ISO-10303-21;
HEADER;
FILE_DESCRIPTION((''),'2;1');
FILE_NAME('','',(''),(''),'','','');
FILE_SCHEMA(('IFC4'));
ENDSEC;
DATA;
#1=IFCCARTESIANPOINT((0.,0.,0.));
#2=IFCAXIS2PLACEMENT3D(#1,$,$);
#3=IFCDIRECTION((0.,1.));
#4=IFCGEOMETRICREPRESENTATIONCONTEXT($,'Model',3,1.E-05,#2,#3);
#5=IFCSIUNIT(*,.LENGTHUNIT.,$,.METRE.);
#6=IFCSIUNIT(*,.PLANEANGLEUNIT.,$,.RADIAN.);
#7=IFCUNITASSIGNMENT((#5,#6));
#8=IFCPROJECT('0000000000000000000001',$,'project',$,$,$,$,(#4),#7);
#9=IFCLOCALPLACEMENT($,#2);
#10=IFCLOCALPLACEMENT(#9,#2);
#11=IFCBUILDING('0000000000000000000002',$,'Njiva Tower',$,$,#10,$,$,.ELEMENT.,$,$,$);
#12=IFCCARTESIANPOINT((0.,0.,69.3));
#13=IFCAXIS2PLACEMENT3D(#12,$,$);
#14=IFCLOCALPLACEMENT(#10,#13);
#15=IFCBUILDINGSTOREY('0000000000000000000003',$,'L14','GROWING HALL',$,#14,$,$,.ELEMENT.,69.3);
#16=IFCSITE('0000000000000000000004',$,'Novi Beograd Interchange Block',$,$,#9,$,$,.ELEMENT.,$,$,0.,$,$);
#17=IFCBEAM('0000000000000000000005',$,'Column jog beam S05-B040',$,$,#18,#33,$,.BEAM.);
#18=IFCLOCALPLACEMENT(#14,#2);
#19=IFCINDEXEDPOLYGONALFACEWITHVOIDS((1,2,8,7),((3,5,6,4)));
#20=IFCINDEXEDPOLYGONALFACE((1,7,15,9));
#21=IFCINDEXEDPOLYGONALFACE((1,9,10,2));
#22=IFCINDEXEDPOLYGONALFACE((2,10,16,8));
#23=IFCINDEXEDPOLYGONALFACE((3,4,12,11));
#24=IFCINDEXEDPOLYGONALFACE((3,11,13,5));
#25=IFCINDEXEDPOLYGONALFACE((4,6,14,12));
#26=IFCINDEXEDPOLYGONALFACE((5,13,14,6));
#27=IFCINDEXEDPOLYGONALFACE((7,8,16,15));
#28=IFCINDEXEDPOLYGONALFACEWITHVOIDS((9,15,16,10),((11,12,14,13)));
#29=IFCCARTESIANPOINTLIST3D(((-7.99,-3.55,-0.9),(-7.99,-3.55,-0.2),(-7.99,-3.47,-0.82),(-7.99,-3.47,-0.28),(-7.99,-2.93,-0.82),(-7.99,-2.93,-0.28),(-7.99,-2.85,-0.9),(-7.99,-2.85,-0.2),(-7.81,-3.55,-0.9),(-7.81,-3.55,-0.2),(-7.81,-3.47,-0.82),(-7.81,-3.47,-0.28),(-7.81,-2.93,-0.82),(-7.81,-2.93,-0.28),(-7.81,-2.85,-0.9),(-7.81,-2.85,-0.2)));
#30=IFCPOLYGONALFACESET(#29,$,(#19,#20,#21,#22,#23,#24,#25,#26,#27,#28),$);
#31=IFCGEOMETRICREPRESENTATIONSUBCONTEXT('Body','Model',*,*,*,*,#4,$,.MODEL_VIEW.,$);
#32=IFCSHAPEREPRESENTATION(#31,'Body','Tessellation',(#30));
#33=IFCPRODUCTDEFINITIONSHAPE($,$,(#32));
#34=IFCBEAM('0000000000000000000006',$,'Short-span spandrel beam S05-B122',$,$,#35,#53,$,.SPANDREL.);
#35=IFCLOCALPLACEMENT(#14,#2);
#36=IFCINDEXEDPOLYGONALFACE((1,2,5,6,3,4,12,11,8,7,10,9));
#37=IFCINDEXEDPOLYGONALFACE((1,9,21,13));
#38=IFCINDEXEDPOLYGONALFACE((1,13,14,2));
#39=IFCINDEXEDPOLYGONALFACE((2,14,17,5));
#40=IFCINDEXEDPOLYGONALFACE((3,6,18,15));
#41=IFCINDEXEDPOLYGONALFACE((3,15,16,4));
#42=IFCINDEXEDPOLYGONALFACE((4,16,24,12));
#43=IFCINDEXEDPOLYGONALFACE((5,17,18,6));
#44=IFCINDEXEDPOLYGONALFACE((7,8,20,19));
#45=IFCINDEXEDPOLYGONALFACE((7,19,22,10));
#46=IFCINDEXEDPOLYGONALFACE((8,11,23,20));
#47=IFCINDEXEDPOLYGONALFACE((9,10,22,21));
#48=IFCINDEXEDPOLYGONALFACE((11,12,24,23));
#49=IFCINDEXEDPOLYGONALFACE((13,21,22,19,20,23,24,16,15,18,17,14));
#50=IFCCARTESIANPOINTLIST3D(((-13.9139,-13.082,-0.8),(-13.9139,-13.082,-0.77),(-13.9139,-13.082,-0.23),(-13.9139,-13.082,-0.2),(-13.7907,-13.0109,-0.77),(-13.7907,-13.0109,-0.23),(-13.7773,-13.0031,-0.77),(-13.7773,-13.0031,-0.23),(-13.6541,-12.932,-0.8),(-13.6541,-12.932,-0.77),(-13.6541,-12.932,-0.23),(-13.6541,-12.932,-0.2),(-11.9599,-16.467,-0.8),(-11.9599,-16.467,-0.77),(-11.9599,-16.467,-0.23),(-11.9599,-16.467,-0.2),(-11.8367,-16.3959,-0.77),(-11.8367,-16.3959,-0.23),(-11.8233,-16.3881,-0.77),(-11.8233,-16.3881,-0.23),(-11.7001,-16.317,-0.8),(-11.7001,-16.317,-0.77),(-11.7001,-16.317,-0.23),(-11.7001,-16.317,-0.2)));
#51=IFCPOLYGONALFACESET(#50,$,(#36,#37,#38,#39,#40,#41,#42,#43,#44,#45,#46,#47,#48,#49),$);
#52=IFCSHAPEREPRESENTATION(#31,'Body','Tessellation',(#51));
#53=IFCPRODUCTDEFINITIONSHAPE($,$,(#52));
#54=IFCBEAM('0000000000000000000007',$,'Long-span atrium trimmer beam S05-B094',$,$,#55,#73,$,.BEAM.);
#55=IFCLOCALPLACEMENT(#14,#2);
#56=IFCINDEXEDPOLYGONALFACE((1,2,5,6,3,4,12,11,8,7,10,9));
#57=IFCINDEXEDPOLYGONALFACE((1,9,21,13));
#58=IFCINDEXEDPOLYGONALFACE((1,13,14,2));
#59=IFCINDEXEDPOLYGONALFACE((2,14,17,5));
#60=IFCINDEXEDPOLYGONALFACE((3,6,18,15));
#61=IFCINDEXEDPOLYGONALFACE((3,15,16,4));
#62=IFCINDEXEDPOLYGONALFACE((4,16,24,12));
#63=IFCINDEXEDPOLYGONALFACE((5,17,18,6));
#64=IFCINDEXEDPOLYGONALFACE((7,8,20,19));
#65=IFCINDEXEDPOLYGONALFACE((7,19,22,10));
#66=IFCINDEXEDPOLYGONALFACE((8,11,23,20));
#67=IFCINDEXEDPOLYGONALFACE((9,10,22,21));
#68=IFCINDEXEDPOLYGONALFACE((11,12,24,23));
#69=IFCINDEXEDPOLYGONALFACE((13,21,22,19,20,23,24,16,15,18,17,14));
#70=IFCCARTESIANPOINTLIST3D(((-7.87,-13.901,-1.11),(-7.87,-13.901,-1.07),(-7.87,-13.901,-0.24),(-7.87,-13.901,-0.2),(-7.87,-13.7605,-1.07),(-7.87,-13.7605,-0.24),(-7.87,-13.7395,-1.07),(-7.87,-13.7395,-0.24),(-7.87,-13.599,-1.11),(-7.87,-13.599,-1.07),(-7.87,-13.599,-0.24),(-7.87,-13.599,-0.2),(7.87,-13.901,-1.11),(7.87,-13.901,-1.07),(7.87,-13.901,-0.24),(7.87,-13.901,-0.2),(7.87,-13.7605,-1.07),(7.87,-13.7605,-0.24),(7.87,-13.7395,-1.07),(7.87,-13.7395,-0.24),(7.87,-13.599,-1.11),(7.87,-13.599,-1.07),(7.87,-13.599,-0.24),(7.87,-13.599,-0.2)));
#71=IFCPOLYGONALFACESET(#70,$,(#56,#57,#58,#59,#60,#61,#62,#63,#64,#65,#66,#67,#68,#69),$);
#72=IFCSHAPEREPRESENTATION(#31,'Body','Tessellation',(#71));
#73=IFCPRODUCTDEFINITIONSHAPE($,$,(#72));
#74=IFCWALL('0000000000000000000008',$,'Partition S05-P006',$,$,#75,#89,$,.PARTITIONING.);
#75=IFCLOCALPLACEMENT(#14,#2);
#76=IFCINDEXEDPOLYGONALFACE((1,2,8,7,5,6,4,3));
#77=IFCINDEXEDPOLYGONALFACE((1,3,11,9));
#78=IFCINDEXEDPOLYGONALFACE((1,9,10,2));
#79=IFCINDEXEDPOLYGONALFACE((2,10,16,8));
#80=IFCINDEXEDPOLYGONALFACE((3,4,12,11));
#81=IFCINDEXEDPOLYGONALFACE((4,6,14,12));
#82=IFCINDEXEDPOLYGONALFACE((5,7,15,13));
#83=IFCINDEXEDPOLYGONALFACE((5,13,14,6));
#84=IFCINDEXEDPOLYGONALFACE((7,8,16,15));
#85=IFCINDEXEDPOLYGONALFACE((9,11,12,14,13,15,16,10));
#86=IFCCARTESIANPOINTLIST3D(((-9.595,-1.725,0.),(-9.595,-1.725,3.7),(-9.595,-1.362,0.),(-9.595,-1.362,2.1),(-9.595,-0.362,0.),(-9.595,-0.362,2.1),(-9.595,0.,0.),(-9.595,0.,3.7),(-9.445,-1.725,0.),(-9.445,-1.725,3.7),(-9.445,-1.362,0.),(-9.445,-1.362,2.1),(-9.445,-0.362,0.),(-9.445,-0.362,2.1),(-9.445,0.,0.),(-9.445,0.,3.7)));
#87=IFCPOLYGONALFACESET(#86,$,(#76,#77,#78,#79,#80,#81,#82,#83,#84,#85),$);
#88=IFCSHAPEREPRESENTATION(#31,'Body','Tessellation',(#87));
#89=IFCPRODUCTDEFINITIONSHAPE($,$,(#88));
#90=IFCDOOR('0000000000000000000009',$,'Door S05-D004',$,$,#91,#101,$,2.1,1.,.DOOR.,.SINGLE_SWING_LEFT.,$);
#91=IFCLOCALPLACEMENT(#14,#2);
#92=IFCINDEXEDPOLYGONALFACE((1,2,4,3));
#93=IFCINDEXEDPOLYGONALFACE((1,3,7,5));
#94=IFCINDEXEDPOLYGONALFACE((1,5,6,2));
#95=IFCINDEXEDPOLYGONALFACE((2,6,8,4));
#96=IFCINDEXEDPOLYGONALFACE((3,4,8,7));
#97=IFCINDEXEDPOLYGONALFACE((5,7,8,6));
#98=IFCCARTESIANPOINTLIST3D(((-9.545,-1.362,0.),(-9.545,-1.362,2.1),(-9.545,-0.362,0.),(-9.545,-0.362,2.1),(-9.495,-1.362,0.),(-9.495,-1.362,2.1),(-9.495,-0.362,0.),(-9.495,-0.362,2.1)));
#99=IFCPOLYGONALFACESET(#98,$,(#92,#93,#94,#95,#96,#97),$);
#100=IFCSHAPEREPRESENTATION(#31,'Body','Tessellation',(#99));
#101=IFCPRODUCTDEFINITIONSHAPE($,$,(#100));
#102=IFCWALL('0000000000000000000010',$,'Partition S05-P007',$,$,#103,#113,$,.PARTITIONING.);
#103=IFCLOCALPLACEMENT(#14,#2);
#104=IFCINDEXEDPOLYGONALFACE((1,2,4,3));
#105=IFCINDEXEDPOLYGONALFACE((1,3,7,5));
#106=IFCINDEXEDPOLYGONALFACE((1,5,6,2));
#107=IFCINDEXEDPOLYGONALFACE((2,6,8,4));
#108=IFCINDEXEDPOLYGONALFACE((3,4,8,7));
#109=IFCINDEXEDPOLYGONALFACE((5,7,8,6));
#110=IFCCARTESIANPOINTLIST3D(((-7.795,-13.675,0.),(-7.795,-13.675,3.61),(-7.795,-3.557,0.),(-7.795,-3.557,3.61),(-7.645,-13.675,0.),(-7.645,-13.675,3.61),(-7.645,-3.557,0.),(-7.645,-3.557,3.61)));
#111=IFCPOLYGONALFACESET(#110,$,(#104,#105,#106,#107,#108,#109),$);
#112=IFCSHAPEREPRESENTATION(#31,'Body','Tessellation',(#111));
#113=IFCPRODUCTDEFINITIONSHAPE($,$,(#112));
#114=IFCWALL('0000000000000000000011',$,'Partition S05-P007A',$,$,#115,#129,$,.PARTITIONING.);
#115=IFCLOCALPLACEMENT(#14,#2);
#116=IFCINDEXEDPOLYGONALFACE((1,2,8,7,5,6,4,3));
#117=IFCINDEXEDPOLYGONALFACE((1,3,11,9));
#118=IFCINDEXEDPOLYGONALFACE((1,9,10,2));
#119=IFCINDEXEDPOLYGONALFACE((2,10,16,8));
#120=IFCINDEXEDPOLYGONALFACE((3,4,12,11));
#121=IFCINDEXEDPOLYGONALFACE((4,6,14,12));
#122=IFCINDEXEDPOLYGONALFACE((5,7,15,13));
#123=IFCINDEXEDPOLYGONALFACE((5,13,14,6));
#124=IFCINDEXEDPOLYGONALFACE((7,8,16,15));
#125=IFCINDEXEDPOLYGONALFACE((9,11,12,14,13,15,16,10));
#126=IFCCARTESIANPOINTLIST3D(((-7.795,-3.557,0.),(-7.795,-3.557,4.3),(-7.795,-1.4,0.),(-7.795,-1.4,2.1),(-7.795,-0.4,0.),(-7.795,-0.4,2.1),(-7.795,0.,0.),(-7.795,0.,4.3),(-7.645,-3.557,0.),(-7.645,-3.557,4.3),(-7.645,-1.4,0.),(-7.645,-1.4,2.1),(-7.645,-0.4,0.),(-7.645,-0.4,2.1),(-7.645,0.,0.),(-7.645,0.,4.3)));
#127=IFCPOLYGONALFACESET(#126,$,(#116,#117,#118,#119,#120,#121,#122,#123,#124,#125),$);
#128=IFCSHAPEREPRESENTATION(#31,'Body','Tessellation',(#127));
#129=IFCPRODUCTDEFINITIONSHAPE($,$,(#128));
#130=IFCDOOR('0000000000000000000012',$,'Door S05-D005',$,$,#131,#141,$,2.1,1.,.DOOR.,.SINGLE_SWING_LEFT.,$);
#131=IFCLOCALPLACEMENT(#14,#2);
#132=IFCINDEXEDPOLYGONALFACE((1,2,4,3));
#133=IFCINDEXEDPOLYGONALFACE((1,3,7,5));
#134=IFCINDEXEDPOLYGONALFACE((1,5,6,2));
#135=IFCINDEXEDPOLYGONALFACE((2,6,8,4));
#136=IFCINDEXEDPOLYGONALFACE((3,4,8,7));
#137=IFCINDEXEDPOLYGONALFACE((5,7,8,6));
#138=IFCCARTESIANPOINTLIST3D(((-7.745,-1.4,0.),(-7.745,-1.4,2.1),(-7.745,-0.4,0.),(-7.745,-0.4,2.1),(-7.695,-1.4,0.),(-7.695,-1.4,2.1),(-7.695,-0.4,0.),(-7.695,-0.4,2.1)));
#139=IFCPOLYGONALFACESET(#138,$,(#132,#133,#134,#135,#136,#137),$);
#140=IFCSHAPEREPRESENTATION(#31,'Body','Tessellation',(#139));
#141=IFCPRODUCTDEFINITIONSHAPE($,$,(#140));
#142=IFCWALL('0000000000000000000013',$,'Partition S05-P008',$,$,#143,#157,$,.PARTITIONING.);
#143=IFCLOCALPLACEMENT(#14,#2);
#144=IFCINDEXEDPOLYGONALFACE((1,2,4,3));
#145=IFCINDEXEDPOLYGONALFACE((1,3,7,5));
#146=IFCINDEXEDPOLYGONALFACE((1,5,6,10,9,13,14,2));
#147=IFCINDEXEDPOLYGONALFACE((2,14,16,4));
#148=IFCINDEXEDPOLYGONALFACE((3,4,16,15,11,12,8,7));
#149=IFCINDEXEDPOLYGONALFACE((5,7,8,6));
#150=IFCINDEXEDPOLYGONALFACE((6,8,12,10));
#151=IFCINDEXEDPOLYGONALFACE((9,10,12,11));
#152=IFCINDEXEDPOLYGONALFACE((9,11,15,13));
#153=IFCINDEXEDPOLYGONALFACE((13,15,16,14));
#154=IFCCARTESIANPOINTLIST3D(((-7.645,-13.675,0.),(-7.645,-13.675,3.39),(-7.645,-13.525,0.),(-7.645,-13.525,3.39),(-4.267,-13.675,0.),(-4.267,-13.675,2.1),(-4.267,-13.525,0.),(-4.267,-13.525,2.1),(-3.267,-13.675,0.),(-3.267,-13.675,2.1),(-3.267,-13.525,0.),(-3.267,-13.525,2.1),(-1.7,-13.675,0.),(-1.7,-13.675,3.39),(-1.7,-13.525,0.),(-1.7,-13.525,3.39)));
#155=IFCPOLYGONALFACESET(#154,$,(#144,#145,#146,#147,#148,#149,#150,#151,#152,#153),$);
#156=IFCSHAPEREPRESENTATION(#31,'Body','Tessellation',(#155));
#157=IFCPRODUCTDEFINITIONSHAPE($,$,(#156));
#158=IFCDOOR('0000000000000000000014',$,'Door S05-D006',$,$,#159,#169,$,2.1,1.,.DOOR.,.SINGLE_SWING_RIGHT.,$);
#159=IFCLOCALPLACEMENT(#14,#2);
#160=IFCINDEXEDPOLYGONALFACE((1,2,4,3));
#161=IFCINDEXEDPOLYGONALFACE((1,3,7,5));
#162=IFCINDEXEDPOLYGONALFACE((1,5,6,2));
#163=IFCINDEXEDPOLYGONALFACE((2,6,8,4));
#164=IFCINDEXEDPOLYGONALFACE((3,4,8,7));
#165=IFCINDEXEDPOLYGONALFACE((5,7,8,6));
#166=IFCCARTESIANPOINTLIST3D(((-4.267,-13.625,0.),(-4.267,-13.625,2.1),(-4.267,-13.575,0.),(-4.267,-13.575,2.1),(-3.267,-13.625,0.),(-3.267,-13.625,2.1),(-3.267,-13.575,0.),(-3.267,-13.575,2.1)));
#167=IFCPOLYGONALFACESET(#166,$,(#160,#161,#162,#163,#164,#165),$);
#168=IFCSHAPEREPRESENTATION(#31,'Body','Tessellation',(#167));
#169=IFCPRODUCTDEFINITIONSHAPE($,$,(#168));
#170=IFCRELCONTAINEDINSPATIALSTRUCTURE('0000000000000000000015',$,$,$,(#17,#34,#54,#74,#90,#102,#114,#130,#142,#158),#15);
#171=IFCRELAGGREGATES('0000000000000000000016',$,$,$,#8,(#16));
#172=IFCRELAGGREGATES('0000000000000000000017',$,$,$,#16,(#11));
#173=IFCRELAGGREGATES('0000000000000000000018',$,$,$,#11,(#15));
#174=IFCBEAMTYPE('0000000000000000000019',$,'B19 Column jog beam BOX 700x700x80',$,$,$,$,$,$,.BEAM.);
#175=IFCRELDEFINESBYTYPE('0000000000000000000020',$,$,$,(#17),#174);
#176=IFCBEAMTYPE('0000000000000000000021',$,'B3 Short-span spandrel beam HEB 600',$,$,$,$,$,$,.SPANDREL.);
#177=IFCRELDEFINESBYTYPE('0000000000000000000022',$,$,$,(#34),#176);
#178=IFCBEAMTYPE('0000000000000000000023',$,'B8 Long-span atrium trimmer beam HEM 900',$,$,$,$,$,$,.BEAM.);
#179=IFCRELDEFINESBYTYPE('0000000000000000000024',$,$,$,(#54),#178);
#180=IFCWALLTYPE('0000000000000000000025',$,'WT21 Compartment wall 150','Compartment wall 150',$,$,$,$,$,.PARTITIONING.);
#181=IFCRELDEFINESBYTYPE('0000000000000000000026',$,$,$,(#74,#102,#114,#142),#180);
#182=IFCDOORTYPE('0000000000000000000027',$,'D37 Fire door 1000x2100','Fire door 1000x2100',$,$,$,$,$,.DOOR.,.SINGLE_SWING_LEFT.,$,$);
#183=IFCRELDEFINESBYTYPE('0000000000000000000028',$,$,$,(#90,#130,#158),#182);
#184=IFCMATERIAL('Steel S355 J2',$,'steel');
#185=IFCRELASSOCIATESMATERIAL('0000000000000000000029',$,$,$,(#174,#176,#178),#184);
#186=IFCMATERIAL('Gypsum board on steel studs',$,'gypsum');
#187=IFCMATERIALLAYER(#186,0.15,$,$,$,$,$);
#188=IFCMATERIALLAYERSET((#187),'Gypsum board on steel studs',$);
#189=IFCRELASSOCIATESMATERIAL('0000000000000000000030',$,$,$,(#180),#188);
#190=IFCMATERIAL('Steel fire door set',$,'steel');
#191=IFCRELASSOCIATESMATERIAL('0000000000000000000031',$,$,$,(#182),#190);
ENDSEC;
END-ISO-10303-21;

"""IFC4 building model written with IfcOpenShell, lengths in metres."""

from ifc_helpers import new_model, si_unit, direction, frame, frame_2d, origin, origin_2d, place, context, subcontext, project, spatial, rectangle, hollow_rectangle, i_section, extrude, material, layer, layer_set, material_profile, profile_set, type_object, element, fill, save


model = new_model("IFC4")

# Units and contexts
model_context = context("Model", 3, precision=1e-05, world=origin(), true_north=direction((0.0, 1.0)))
body_context = subcontext(model_context, "Body", "Model", "MODEL_VIEW")
ifc_project = project(units=[si_unit("LENGTHUNIT", "METRE"), si_unit("PLANEANGLEUNIT", "RADIAN")], contexts=[model_context])

# Site, building, storey
site_placement = place(None, origin())
site = spatial("IfcSite", under=ifc_project, at=site_placement, Name="Novi Beograd Interchange Block", CompositionType="ELEMENT", RefElevation=0.0)
building_placement = place(site_placement, origin())
building = spatial("IfcBuilding", under=site, at=building_placement, Name="Njiva Tower", CompositionType="ELEMENT")
storey_placement = place(building_placement, frame((0.0, 0.0, 69.3)))
storey = spatial("IfcBuildingStorey", under=building, at=storey_placement, Name="L14", Description="GROWING HALL", CompositionType="ELEMENT", Elevation=69.3)

# Shared definitions
ifc_material_1 = material(Name="Steel S355 J2", Category="steel")

# Beams
ifc_material_profile_1 = material_profile(ifc_material_1, hollow_rectangle(XDim=0.7, YDim=0.7, WallThickness=0.08, at=origin_2d()), Name="BOX 700x700x80")
ifc_profile_set_1 = profile_set([ifc_material_profile_1], Name="Steel S355 J2")
beam_type_1 = type_object("IfcBeamType", Name="B19 Column jog beam BOX 700x700x80", PredefinedType="BEAM", material=ifc_profile_set_1)
beam_1_placement = place(storey_placement, frame((-7.99, -3.2, -0.55), z_axis=(1.0, 0.0, 0.0), x_axis=(0.0, 1.0, 0.0)))
element("IfcBeam", 1, at=beam_1_placement, inside=storey, type_object=beam_type_1, Name="Column jog beam S05-B040", PredefinedType="BEAM", context=body_context, shape_type="SweptSolid", body=[
    extrude(hollow_rectangle(XDim=0.7, YDim=0.7, WallThickness=0.08, at=origin_2d()), origin(), (0.0, 0.0, 1.0), 0.18),
])
ifc_material_profile_2 = material_profile(ifc_material_1, i_section(OverallWidth=0.3, OverallDepth=0.6, WebThickness=0.0155, FlangeThickness=0.03, at=origin_2d()), Name="HEB 600")
ifc_profile_set_2 = profile_set([ifc_material_profile_2], Name="Steel S355 J2")
beam_type_2 = type_object("IfcBeamType", Name="B3 Short-span spandrel beam HEB 600", PredefinedType="SPANDREL", material=ifc_profile_set_2)
beam_2_placement = place(storey_placement, frame((-13.784, -13.007, -0.5), z_axis=(0.499937, -0.866062, 0.0), x_axis=(0.866062, 0.499937, 0.0)))
element("IfcBeam", 2, at=beam_2_placement, inside=storey, type_object=beam_type_2, Name="Short-span spandrel beam S05-B122", PredefinedType="SPANDREL", context=body_context, shape_type="SweptSolid", body=[
    extrude(i_section(OverallWidth=0.3, OverallDepth=0.6, WebThickness=0.0155, FlangeThickness=0.03, at=origin_2d()), origin(), (0.0, 0.0, 1.0), 3.9085),
])
ifc_material_profile_3 = material_profile(ifc_material_1, i_section(OverallWidth=0.302, OverallDepth=0.91, WebThickness=0.021, FlangeThickness=0.04, at=origin_2d()), Name="HEM 900")
ifc_profile_set_3 = profile_set([ifc_material_profile_3], Name="Steel S355 J2")
beam_type_3 = type_object("IfcBeamType", Name="B8 Long-span atrium trimmer beam HEM 900", PredefinedType="BEAM", material=ifc_profile_set_3)
beam_3_placement = place(storey_placement, frame((-7.87, -13.75, -0.655), z_axis=(1.0, 0.0, 0.0), x_axis=(0.0, 1.0, 0.0)))
element("IfcBeam", 3, at=beam_3_placement, inside=storey, type_object=beam_type_3, Name="Long-span atrium trimmer beam S05-B094", PredefinedType="BEAM", context=body_context, shape_type="SweptSolid", body=[
    extrude(i_section(OverallWidth=0.302, OverallDepth=0.91, WebThickness=0.021, FlangeThickness=0.04, at=origin_2d()), origin(), (0.0, 0.0, 1.0), 15.74),
])

# Wall, opening, door
ifc_material_2 = material(Name="Gypsum board on steel studs", Category="gypsum")
ifc_layer_1 = layer(ifc_material_2, 0.15)
ifc_layer_set_1 = layer_set([ifc_layer_1], Name="Gypsum board on steel studs")
wall_type_1 = type_object("IfcWallType", Name="WT21 Compartment wall 150", Description="Compartment wall 150", PredefinedType="PARTITIONING", material=ifc_layer_set_1)
wall_1_placement = place(storey_placement, frame((-9.52, -1.725, 0.0), z_axis=(0.0, 0.0, 1.0), x_axis=(0.0, 1.0, 0.0)))
wall_1 = element("IfcWall", 4, at=wall_1_placement, inside=storey, type_object=wall_type_1, Name="Partition S05-P006", PredefinedType="PARTITIONING", context=body_context, shape_type="SweptSolid", body=[
    extrude(rectangle(XDim=1.725, YDim=0.15, at=frame_2d((0.8625, 0.0))), origin(), (0.0, 0.0, 1.0), 3.7),
])
opening_1_placement = place(wall_1_placement, frame((0.363, 0.0, 0.0)))
opening_1 = element("IfcOpeningElement", 5, at=opening_1_placement, cuts=wall_1, PredefinedType="OPENING", context=body_context, shape_type="SweptSolid", body=[
    extrude(rectangle(XDim=1.0, YDim=2.1, at=frame_2d((0.5, 1.05))), frame((0.0, 0.085, 0.0), z_axis=(0.0, -1.0, 0.0), x_axis=(1.0, 0.0, 0.0)), (0.0, 0.0, 1.0), 0.17),
])
ifc_material_3 = material(Name="Steel fire door set", Category="steel")
door_type = type_object("IfcDoorType", Name="D37 Fire door 1000x2100", Description="Fire door 1000x2100", OperationType="SINGLE_SWING_LEFT", PredefinedType="DOOR", material=ifc_material_3)
door_1_placement = place(opening_1_placement, origin())
door_1 = element("IfcDoor", 6, at=door_1_placement, inside=storey, type_object=door_type, Name="Door S05-D004", OperationType="SINGLE_SWING_LEFT", OverallHeight=2.1, OverallWidth=1.0, PredefinedType="DOOR", context=body_context, shape_type="SweptSolid", body=[
    extrude(rectangle(XDim=1.0, YDim=2.1, at=frame_2d((0.5, 1.05))), frame((0.0, 0.025, 0.0), z_axis=(0.0, -1.0, 0.0), x_axis=(1.0, 0.0, 0.0)), (0.0, 0.0, 1.0), 0.05),
])
fill(opening_1, door_1)

# Wall
wall_2_placement = place(storey_placement, frame((-7.72, -13.675, 0.0), z_axis=(0.0, 0.0, 1.0), x_axis=(0.0, 1.0, 0.0)))
element("IfcWall", 7, at=wall_2_placement, inside=storey, type_object=wall_type_1, Name="Partition S05-P007", PredefinedType="PARTITIONING", context=body_context, shape_type="SweptSolid", body=[
    extrude(rectangle(XDim=10.118, YDim=0.15, at=frame_2d((5.059, 0.0))), origin(), (0.0, 0.0, 1.0), 3.61),
])

# Walls, openings, doors
wall_3_placement = place(storey_placement, frame((-7.72, -3.557, 0.0), z_axis=(0.0, 0.0, 1.0), x_axis=(0.0, 1.0, 0.0)))
wall_3 = element("IfcWall", 8, at=wall_3_placement, inside=storey, type_object=wall_type_1, Name="Partition S05-P007A", PredefinedType="PARTITIONING", context=body_context, shape_type="SweptSolid", body=[
    extrude(rectangle(XDim=3.557, YDim=0.15, at=frame_2d((1.7785, 0.0))), origin(), (0.0, 0.0, 1.0), 4.3),
])
opening_2_placement = place(wall_3_placement, frame((2.157, 0.0, 0.0)))
opening_2 = element("IfcOpeningElement", 9, at=opening_2_placement, cuts=wall_3, PredefinedType="OPENING", context=body_context, shape_type="SweptSolid", body=[
    extrude(rectangle(XDim=1.0, YDim=2.1, at=frame_2d((0.5, 1.05))), frame((0.0, 0.085, 0.0), z_axis=(0.0, -1.0, 0.0), x_axis=(1.0, 0.0, 0.0)), (0.0, 0.0, 1.0), 0.17),
])
door_2_placement = place(opening_2_placement, origin())
door_2 = element("IfcDoor", 10, at=door_2_placement, inside=storey, type_object=door_type, Name="Door S05-D005", OperationType="SINGLE_SWING_LEFT", OverallHeight=2.1, OverallWidth=1.0, PredefinedType="DOOR", context=body_context, shape_type="SweptSolid", body=[
    extrude(rectangle(XDim=1.0, YDim=2.1, at=frame_2d((0.5, 1.05))), frame((0.0, 0.025, 0.0), z_axis=(0.0, -1.0, 0.0), x_axis=(1.0, 0.0, 0.0)), (0.0, 0.0, 1.0), 0.05),
])
fill(opening_2, door_2)
wall_4_placement = place(storey_placement, frame((-7.645, -13.6, 0.0), z_axis=(0.0, 0.0, 1.0), x_axis=(1.0, 0.0, 0.0)))
wall_4 = element("IfcWall", 11, at=wall_4_placement, inside=storey, type_object=wall_type_1, Name="Partition S05-P008", PredefinedType="PARTITIONING", context=body_context, shape_type="SweptSolid", body=[
    extrude(rectangle(XDim=5.945, YDim=0.15, at=frame_2d((2.9725, 0.0))), origin(), (0.0, 0.0, 1.0), 3.39),
])
opening_3_placement = place(wall_4_placement, frame((3.378, 0.0, 0.0)))
opening_3 = element("IfcOpeningElement", 12, at=opening_3_placement, cuts=wall_4, PredefinedType="OPENING", context=body_context, shape_type="SweptSolid", body=[
    extrude(rectangle(XDim=1.0, YDim=2.1, at=frame_2d((0.5, 1.05))), frame((0.0, 0.085, 0.0), z_axis=(0.0, -1.0, 0.0), x_axis=(1.0, 0.0, 0.0)), (0.0, 0.0, 1.0), 0.17),
])
door_3_placement = place(opening_3_placement, origin())
door_3 = element("IfcDoor", 13, at=door_3_placement, inside=storey, type_object=door_type, Name="Door S05-D006", OperationType="SINGLE_SWING_RIGHT", OverallHeight=2.1, OverallWidth=1.0, PredefinedType="DOOR", context=body_context, shape_type="SweptSolid", body=[
    extrude(rectangle(XDim=1.0, YDim=2.1, at=frame_2d((0.5, 1.05))), frame((0.0, 0.025, 0.0), z_axis=(0.0, -1.0, 0.0), x_axis=(1.0, 0.0, 0.0)), (0.0, 0.0, 1.0), 0.05),
])
fill(opening_3, door_3)

save(model, "model.ifc")
